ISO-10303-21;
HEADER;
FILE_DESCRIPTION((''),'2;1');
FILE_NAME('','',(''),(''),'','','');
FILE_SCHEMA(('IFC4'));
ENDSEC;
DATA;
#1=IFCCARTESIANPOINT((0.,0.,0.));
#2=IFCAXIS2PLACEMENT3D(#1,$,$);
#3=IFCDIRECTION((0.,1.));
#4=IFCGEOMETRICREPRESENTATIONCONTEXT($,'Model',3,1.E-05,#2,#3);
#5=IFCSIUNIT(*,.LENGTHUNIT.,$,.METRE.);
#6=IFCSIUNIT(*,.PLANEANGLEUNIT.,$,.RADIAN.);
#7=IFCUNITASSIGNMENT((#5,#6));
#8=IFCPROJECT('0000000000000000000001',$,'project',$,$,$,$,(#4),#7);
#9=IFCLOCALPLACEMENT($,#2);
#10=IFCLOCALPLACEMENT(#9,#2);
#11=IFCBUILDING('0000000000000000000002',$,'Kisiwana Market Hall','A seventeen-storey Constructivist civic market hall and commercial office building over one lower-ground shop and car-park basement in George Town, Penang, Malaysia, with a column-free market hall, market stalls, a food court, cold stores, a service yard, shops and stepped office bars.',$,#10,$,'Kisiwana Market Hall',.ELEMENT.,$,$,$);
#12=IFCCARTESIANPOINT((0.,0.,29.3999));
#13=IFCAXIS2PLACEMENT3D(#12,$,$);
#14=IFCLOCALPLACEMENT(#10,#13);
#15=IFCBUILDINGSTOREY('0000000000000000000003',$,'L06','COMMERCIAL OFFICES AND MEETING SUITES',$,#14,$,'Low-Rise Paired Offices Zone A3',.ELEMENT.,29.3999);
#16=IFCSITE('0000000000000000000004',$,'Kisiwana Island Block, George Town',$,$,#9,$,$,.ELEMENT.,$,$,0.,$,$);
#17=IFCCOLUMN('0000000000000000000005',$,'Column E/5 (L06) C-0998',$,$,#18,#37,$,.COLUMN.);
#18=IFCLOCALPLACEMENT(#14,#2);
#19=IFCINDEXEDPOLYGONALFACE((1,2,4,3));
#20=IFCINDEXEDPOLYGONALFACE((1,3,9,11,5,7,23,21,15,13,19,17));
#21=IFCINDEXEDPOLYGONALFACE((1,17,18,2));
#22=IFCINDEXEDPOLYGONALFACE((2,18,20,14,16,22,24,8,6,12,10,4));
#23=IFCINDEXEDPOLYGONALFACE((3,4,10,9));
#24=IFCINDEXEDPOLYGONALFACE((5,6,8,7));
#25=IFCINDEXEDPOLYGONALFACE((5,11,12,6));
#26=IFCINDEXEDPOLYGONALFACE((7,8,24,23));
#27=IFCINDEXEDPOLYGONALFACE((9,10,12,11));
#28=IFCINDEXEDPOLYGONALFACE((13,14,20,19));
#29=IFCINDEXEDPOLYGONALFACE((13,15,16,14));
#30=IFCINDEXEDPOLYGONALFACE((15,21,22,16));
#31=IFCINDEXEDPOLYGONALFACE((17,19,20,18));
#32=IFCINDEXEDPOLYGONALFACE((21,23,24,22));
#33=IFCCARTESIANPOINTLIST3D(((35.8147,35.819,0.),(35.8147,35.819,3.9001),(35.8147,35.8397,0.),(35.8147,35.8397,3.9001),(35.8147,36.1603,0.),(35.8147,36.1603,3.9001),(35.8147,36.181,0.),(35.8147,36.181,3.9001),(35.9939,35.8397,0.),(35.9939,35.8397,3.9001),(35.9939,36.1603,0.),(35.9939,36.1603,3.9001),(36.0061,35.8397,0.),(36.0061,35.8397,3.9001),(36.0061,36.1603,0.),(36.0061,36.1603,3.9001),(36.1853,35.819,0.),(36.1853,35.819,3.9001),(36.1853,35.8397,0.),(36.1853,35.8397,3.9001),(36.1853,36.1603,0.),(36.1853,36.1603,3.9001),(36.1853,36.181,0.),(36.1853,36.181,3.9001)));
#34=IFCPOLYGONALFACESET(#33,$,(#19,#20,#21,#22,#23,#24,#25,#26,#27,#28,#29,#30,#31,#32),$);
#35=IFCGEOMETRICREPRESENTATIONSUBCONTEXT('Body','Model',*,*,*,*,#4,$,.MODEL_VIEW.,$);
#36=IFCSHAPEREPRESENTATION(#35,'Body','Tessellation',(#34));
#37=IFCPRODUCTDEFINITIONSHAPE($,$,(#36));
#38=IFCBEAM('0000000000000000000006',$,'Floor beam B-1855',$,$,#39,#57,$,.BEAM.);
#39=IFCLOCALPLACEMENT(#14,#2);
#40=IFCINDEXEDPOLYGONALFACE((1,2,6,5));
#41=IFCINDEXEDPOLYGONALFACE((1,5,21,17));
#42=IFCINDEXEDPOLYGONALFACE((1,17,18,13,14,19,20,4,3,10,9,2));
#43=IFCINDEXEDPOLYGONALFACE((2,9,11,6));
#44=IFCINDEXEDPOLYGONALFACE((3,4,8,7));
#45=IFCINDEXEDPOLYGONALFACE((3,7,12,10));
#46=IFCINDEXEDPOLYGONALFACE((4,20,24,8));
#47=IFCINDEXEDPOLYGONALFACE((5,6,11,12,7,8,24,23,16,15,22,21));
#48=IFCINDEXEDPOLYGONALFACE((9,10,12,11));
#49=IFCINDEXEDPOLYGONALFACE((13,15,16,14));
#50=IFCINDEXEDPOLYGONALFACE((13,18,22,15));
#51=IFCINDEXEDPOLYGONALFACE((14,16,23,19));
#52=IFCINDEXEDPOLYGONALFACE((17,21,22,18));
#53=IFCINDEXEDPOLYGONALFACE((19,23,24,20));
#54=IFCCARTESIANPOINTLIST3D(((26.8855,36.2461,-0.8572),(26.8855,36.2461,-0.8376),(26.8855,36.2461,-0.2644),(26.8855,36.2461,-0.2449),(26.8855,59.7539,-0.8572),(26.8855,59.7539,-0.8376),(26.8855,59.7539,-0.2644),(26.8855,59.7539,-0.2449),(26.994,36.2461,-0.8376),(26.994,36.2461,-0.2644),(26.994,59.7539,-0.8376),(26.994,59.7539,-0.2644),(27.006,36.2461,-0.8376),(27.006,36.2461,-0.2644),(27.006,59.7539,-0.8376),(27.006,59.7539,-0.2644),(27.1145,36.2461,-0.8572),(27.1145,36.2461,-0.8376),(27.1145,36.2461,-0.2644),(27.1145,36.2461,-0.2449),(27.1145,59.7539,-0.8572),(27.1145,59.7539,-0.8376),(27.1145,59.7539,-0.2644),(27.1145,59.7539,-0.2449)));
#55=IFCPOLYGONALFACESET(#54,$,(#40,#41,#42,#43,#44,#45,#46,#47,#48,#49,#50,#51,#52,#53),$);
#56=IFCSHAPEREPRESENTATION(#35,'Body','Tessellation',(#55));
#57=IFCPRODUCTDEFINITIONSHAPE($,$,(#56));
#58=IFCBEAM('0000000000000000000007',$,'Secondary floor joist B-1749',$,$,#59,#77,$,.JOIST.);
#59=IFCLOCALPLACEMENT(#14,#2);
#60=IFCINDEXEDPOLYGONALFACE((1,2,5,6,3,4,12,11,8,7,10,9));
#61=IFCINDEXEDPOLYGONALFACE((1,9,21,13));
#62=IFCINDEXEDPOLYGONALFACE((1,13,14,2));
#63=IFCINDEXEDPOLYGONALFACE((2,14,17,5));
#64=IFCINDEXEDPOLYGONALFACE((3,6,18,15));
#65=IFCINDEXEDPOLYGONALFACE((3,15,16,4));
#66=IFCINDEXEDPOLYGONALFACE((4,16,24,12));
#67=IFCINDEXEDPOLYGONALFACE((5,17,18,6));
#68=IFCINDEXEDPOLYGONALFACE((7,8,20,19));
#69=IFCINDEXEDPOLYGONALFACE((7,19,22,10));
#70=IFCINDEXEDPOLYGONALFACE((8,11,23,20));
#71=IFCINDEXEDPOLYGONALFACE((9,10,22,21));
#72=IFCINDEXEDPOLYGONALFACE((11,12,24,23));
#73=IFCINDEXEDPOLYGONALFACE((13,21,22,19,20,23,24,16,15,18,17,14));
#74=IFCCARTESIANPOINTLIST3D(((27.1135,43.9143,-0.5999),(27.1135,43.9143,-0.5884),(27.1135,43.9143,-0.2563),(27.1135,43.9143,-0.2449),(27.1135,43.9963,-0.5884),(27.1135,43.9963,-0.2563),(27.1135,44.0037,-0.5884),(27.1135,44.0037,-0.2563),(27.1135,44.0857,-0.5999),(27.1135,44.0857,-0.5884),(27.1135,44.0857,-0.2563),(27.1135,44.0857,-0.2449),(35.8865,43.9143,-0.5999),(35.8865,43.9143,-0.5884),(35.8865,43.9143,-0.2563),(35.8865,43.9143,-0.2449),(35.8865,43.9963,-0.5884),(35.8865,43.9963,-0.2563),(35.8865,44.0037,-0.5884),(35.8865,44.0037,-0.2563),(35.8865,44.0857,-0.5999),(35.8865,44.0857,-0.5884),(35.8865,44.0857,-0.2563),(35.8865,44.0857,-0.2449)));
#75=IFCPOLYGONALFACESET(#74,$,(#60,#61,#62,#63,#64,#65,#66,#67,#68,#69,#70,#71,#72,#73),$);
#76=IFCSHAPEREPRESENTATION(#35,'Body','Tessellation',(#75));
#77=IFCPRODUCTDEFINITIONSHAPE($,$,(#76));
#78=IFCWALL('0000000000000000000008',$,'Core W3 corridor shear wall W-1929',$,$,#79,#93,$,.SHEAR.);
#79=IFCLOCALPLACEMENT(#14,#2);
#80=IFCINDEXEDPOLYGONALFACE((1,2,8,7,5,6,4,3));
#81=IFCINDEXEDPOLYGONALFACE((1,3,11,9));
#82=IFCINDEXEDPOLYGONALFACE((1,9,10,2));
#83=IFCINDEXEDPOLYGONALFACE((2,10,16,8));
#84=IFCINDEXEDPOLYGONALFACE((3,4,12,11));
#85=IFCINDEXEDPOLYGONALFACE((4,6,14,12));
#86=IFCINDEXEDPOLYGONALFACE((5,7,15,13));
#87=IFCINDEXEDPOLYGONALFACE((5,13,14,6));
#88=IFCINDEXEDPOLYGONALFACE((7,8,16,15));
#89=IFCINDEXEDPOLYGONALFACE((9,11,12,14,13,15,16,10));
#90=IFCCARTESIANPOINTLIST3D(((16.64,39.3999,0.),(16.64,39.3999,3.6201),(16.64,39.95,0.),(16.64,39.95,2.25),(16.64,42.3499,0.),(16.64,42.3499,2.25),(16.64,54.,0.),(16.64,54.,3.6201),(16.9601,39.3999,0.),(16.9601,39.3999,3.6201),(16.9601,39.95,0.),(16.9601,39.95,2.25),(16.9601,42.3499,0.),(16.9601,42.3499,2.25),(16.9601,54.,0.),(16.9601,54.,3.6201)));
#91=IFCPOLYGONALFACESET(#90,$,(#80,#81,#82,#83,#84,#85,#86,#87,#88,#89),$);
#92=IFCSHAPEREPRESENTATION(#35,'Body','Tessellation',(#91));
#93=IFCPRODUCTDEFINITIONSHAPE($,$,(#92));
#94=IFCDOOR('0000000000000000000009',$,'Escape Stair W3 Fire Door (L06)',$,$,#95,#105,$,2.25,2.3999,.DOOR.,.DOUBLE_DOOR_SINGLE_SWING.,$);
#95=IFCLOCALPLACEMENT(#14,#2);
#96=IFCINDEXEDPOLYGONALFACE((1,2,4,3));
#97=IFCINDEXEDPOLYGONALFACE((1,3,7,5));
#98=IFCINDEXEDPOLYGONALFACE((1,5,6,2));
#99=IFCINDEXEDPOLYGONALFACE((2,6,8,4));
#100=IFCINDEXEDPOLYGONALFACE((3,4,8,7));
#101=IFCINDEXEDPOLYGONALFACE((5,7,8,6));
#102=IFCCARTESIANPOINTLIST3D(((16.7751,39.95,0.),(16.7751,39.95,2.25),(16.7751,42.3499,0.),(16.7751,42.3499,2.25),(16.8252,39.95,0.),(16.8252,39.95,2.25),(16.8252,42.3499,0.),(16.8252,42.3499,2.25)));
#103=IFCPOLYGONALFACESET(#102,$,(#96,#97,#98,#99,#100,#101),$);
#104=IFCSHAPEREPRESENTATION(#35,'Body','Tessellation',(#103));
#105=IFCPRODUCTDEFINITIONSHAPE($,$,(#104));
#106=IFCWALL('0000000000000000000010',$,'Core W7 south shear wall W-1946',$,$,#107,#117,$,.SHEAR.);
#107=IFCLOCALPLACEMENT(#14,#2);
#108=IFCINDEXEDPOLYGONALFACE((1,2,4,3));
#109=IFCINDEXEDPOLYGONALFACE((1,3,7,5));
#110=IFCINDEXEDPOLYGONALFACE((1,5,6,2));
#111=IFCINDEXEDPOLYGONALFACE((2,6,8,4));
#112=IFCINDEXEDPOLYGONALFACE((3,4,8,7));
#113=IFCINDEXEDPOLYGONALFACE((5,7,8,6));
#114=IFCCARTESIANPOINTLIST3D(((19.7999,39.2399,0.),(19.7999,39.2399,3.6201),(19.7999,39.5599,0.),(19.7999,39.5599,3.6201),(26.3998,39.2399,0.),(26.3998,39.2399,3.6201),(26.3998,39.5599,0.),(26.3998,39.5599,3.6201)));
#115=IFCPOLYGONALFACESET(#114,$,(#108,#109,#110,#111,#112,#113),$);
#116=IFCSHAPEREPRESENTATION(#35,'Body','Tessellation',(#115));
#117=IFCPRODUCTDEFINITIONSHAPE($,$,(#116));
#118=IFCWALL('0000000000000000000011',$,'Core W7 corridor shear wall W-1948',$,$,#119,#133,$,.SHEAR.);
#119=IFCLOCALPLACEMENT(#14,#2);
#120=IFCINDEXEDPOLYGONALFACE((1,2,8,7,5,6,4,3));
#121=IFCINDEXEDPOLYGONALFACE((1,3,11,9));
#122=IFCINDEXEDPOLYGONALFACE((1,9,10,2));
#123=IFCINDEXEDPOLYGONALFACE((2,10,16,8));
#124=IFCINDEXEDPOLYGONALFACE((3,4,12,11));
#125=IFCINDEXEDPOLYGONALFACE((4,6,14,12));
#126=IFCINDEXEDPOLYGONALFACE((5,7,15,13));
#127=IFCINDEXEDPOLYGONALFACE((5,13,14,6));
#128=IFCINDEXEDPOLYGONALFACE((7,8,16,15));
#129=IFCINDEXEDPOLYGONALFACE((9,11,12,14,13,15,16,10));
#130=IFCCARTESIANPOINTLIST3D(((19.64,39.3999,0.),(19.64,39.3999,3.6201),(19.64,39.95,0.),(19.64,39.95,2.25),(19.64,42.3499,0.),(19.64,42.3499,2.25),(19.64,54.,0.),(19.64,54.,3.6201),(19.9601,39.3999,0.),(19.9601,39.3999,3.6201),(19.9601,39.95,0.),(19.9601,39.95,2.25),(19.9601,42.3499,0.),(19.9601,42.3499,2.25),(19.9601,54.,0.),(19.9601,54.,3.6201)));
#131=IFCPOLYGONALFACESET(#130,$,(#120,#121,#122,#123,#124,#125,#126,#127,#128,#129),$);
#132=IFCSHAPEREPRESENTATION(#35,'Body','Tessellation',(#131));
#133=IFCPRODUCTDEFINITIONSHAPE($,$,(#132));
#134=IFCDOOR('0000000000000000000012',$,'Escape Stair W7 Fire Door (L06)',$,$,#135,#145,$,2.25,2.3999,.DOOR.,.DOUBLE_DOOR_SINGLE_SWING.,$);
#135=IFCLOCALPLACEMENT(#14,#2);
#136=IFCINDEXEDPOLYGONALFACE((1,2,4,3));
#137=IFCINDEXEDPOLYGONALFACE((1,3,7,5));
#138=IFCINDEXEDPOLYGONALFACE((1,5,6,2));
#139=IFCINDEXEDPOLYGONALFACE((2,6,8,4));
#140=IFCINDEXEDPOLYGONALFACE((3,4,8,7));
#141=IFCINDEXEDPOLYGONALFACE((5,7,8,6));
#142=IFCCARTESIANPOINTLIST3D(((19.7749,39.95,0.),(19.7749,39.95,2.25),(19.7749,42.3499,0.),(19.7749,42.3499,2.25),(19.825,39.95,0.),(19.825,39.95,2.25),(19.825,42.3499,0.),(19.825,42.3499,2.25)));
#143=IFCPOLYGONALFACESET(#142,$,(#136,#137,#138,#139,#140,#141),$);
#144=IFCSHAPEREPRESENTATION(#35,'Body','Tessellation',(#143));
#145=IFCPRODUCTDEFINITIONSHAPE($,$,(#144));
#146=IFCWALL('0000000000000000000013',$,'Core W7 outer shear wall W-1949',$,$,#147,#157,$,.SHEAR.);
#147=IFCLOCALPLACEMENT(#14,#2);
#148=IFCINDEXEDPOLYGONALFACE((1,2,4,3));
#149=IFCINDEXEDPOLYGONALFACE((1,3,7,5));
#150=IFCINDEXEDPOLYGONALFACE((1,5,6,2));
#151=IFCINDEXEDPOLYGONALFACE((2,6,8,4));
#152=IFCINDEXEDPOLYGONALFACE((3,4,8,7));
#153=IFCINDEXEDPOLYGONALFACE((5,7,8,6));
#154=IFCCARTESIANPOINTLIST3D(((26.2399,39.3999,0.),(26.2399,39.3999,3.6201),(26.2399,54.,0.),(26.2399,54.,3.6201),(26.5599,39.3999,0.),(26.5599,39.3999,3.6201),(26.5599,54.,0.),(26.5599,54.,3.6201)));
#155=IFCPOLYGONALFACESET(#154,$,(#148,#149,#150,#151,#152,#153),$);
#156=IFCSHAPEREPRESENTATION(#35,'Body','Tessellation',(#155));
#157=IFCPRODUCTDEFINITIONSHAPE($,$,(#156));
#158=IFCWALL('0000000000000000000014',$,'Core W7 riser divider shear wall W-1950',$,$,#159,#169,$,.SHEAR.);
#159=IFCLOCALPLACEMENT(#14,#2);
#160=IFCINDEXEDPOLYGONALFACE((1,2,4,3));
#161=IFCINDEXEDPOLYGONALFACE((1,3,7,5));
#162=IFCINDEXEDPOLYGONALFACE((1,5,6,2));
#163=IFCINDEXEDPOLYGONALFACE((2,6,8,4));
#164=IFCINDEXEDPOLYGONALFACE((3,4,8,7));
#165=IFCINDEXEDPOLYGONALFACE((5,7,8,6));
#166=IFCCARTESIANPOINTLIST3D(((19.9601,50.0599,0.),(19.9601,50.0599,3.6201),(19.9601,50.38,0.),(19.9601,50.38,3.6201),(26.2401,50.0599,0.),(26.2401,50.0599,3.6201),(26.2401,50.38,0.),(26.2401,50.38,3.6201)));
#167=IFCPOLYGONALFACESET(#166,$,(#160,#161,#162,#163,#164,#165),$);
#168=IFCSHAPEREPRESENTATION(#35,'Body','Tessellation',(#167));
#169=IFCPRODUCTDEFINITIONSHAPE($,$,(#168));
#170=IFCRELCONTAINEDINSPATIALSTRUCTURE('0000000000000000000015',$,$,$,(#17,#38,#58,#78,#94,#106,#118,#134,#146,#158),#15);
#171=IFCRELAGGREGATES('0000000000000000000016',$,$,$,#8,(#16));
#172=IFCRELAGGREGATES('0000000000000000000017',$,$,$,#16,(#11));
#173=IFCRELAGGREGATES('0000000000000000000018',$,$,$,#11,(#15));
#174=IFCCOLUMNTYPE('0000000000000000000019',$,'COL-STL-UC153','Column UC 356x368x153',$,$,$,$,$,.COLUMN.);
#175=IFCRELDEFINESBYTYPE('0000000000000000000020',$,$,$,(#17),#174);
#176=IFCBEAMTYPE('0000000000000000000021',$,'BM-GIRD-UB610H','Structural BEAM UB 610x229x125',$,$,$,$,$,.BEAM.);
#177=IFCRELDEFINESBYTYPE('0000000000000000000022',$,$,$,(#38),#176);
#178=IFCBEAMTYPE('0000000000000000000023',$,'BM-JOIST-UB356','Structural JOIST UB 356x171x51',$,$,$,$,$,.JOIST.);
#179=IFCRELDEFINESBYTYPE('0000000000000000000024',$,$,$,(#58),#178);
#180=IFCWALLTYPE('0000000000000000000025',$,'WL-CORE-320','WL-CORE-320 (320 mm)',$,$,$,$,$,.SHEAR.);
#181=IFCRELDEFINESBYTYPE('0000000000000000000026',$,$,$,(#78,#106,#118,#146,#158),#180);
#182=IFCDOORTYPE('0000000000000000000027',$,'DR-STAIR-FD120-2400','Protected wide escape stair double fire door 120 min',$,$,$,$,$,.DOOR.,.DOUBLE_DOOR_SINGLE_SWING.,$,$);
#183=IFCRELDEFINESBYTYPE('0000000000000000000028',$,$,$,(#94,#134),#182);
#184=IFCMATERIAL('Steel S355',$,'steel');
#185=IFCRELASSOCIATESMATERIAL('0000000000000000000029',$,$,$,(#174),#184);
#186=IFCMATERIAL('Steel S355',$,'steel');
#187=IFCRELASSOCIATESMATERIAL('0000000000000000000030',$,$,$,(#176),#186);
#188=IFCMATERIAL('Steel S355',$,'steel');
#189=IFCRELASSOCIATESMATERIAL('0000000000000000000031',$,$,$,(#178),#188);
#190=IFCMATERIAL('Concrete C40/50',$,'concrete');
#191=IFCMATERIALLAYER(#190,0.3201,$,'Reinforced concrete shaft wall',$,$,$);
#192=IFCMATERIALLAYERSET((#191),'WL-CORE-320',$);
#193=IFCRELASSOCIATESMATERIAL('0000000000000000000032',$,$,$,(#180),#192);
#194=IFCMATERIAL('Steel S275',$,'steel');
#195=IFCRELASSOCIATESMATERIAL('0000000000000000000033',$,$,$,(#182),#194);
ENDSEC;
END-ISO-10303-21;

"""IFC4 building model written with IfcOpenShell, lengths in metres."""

from ifc_helpers import new_model, si_unit, direction, frame, frame_2d, origin, origin_2d, place, context, subcontext, project, spatial, rectangle, i_section, extrude, material, layer, layer_set, material_profile, profile_set, type_object, element, fill, save


model = new_model("IFC4")

# Units and contexts
model_context = context("Model", 3, precision=1e-05, world=origin(), true_north=direction((0.0, 1.0)))
body_context = subcontext(model_context, "Body", "Model", "MODEL_VIEW")
ifc_project = project(units=[si_unit("LENGTHUNIT", "METRE"), si_unit("PLANEANGLEUNIT", "RADIAN")], contexts=[model_context])

# Site, building, storey
site_placement = place(None, origin())
site = spatial("IfcSite", under=ifc_project, at=site_placement, Name="Kisiwana Island Block, George Town", CompositionType="ELEMENT", RefElevation=0.0)
building_placement = place(site_placement, origin())
building = spatial("IfcBuilding", under=site, at=building_placement, Name="Kisiwana Market Hall", Description="A seventeen-storey Constructivist civic market hall and commercial office building over one lower-ground shop and car-park basement in George Town, Penang, Malaysia, with a column-free market hall, market stalls, a food court, cold stores, a service yard, shops and stepped office bars.", LongName="Kisiwana Market Hall", CompositionType="ELEMENT")
storey_placement = place(building_placement, frame((0.0, 0.0, 29.3999)))
storey = spatial("IfcBuildingStorey", under=building, at=storey_placement, Name="L06", Description="COMMERCIAL OFFICES AND MEETING SUITES", LongName="Low-Rise Paired Offices Zone A3", CompositionType="ELEMENT", Elevation=29.3999)

# Column
ifc_material_1 = material(Name="Steel S355", Category="steel")
ifc_material_profile_1 = material_profile(ifc_material_1, i_section(OverallWidth=0.3706, OverallDepth=0.3621, WebThickness=0.0122, FlangeThickness=0.0208, at=origin_2d()), Name="UC 356x368x153")
ifc_profile_set_1 = profile_set([ifc_material_profile_1], Name="Steel S355")
column_type = type_object("IfcColumnType", Name="COL-STL-UC153", Description="Column UC 356x368x153", PredefinedType="COLUMN", material=ifc_profile_set_1)
column_placement = place(storey_placement, frame((36.0, 36.0, 0.0), z_axis=(0.0, 0.0, 1.0), x_axis=(1.0, 0.0, 0.0)))
element("IfcColumn", 1, at=column_placement, inside=storey, type_object=column_type, Name="Column E/5 (L06) C-0998", PredefinedType="COLUMN", context=body_context, shape_type="SweptSolid", body=[
    extrude(i_section(OverallWidth=0.3706, OverallDepth=0.3621, WebThickness=0.0122, FlangeThickness=0.0208, at=origin_2d()), origin(), (0.0, 0.0, 1.0), 3.9001),
])

# Beams
ifc_material_2 = material(Name="Steel S355", Category="steel")
ifc_material_profile_2 = material_profile(ifc_material_2, i_section(OverallWidth=0.229, OverallDepth=0.6123, WebThickness=0.012, FlangeThickness=0.0195, at=origin_2d()), Name="UB 610x229x125")
ifc_profile_set_2 = profile_set([ifc_material_profile_2], Name="Steel S355")
beam_type_1 = type_object("IfcBeamType", Name="BM-GIRD-UB610H", Description="Structural BEAM UB 610x229x125", PredefinedType="BEAM", material=ifc_profile_set_2)
beam_1_placement = place(storey_placement, frame((27.0, 36.2461, -0.551), z_axis=(0.0, 1.0, 0.0), x_axis=(-1.0, 0.0, 0.0)))
element("IfcBeam", 2, at=beam_1_placement, inside=storey, type_object=beam_type_1, Name="Floor beam B-1855", PredefinedType="BEAM", context=body_context, shape_type="SweptSolid", body=[
    extrude(i_section(OverallWidth=0.229, OverallDepth=0.6123, WebThickness=0.012, FlangeThickness=0.0195, at=origin_2d()), origin(), (0.0, 0.0, 1.0), 23.5078),
])
ifc_material_3 = material(Name="Steel S355", Category="steel")
ifc_material_profile_3 = material_profile(ifc_material_3, i_section(OverallWidth=0.1714, OverallDepth=0.355, WebThickness=0.0073, FlangeThickness=0.0115, at=origin_2d()), Name="UB 356x171x51")
ifc_profile_set_3 = profile_set([ifc_material_profile_3], Name="Steel S355")
beam_type_2 = type_object("IfcBeamType", Name="BM-JOIST-UB356", Description="Structural JOIST UB 356x171x51", PredefinedType="JOIST", material=ifc_profile_set_3)
beam_2_placement = place(storey_placement, frame((27.1135, 44.0, -0.4224), z_axis=(1.0, 0.0, 0.0), x_axis=(0.0, 1.0, 0.0)))
element("IfcBeam", 3, at=beam_2_placement, inside=storey, type_object=beam_type_2, Name="Secondary floor joist B-1749", PredefinedType="JOIST", context=body_context, shape_type="SweptSolid", body=[
    extrude(i_section(OverallWidth=0.1714, OverallDepth=0.355, WebThickness=0.0073, FlangeThickness=0.0115, at=origin_2d()), origin(), (0.0, 0.0, 1.0), 8.7729),
])

# Wall, opening, door
ifc_material_4 = material(Name="Concrete C40/50", Category="concrete")
ifc_layer_1 = layer(ifc_material_4, 0.3201, Name="Reinforced concrete shaft wall")
ifc_layer_set_1 = layer_set([ifc_layer_1], Name="WL-CORE-320")
wall_type_1 = type_object("IfcWallType", Name="WL-CORE-320", Description="WL-CORE-320 (320 mm)", PredefinedType="SHEAR", material=ifc_layer_set_1)
wall_1_placement = place(storey_placement, frame((16.8, 39.3999, 0.0), z_axis=(0.0, 0.0, 1.0), x_axis=(0.0, 1.0, 0.0)))
wall_1 = element("IfcWall", 4, at=wall_1_placement, inside=storey, type_object=wall_type_1, Name="Core W3 corridor shear wall W-1929", PredefinedType="SHEAR", context=body_context, shape_type="SweptSolid", body=[
    extrude(rectangle(XDim=14.6001, YDim=0.3201, at=frame_2d((7.3, 0.0))), origin(), (0.0, 0.0, 1.0), 3.6201),
])
opening_1_placement = place(wall_1_placement, frame((0.55, 0.0, 0.0)))
opening_1 = element("IfcOpeningElement", 5, at=opening_1_placement, cuts=wall_1, PredefinedType="OPENING", context=body_context, shape_type="SweptSolid", body=[
    extrude(rectangle(XDim=2.3999, YDim=2.25, at=frame_2d((1.2, 1.125))), frame((0.0, 0.1719, 0.0), z_axis=(0.0, -1.0, 0.0), x_axis=(1.0, 0.0, 0.0)), (0.0, 0.0, 1.0), 0.344),
])
ifc_material_5 = material(Name="Steel S275", Category="steel")
door_type_1 = type_object("IfcDoorType", Name="DR-STAIR-FD120-2400", Description="Protected wide escape stair double fire door 120 min", OperationType="DOUBLE_DOOR_SINGLE_SWING", PredefinedType="DOOR", material=ifc_material_5)
door_1_placement = place(opening_1_placement, origin())
door_1 = element("IfcDoor", 6, at=door_1_placement, inside=storey, type_object=door_type_1, Name="Escape Stair W3 Fire Door (L06)", OperationType="DOUBLE_DOOR_SINGLE_SWING", OverallHeight=2.25, OverallWidth=2.3999, PredefinedType="DOOR", context=body_context, shape_type="SweptSolid", body=[
    extrude(rectangle(XDim=2.3999, YDim=2.25, at=frame_2d((1.2, 1.125))), frame((0.0, 0.0249, 0.0), z_axis=(0.0, -1.0, 0.0), x_axis=(1.0, 0.0, 0.0)), (0.0, 0.0, 1.0), 0.05),
])
fill(opening_1, door_1)

# Wall
wall_2_placement = place(storey_placement, frame((19.8, 39.3999, 0.0), z_axis=(0.0, 0.0, 1.0), x_axis=(1.0, 0.0, 0.0)))
element("IfcWall", 7, at=wall_2_placement, inside=storey, type_object=wall_type_1, Name="Core W7 south shear wall W-1946", PredefinedType="SHEAR", context=body_context, shape_type="SweptSolid", body=[
    extrude(rectangle(XDim=6.5999, YDim=0.3201, at=frame_2d((3.2998, 0.0))), origin(), (0.0, 0.0, 1.0), 3.6201),
])

# Wall, opening, door
wall_3_placement = place(storey_placement, frame((19.8, 39.3999, 0.0), z_axis=(0.0, 0.0, 1.0), x_axis=(0.0, 1.0, 0.0)))
wall_3 = element("IfcWall", 8, at=wall_3_placement, inside=storey, type_object=wall_type_1, Name="Core W7 corridor shear wall W-1948", PredefinedType="SHEAR", context=body_context, shape_type="SweptSolid", body=[
    extrude(rectangle(XDim=14.6001, YDim=0.3201, at=frame_2d((7.3, 0.0))), origin(), (0.0, 0.0, 1.0), 3.6201),
])
opening_2_placement = place(wall_3_placement, frame((0.55, 0.0, 0.0)))
opening_2 = element("IfcOpeningElement", 9, at=opening_2_placement, cuts=wall_3, PredefinedType="OPENING", context=body_context, shape_type="SweptSolid", body=[
    extrude(rectangle(XDim=2.3999, YDim=2.25, at=frame_2d((1.2, 1.125))), frame((0.0, 0.1719, 0.0), z_axis=(0.0, -1.0, 0.0), x_axis=(1.0, 0.0, 0.0)), (0.0, 0.0, 1.0), 0.344),
])
door_2_placement = place(opening_2_placement, frame((2.3999, 0.0, 0.0), z_axis=(0.0, 0.0, 1.0), x_axis=(-1.0, 0.0, 0.0)))
door_2 = element("IfcDoor", 10, at=door_2_placement, inside=storey, type_object=door_type_1, Name="Escape Stair W7 Fire Door (L06)", OperationType="DOUBLE_DOOR_SINGLE_SWING", OverallHeight=2.25, OverallWidth=2.3999, PredefinedType="DOOR", context=body_context, shape_type="SweptSolid", body=[
    extrude(rectangle(XDim=2.3999, YDim=2.25, at=frame_2d((1.2, 1.125))), frame((0.0, 0.0249, 0.0), z_axis=(0.0, -1.0, 0.0), x_axis=(1.0, 0.0, 0.0)), (0.0, 0.0, 1.0), 0.05),
])
fill(opening_2, door_2)

# Walls
wall_4_placement = place(storey_placement, frame((26.3999, 39.3999, 0.0), z_axis=(0.0, 0.0, 1.0), x_axis=(0.0, 1.0, 0.0)))
element("IfcWall", 11, at=wall_4_placement, inside=storey, type_object=wall_type_1, Name="Core W7 outer shear wall W-1949", PredefinedType="SHEAR", context=body_context, shape_type="SweptSolid", body=[
    extrude(rectangle(XDim=14.6001, YDim=0.3201, at=frame_2d((7.3, 0.0))), origin(), (0.0, 0.0, 1.0), 3.6201),
])
wall_5_placement = place(storey_placement, frame((19.96, 50.22, 0.0), z_axis=(0.0, 0.0, 1.0), x_axis=(1.0, 0.0, 0.0)))
element("IfcWall", 12, at=wall_5_placement, inside=storey, type_object=wall_type_1, Name="Core W7 riser divider shear wall W-1950", PredefinedType="SHEAR", context=body_context, shape_type="SweptSolid", body=[
    extrude(rectangle(XDim=6.28, YDim=0.3201, at=frame_2d((3.1401, 0.0))), origin(), (0.0, 0.0, 1.0), 3.6201),
])

save(model, "model.ifc")
